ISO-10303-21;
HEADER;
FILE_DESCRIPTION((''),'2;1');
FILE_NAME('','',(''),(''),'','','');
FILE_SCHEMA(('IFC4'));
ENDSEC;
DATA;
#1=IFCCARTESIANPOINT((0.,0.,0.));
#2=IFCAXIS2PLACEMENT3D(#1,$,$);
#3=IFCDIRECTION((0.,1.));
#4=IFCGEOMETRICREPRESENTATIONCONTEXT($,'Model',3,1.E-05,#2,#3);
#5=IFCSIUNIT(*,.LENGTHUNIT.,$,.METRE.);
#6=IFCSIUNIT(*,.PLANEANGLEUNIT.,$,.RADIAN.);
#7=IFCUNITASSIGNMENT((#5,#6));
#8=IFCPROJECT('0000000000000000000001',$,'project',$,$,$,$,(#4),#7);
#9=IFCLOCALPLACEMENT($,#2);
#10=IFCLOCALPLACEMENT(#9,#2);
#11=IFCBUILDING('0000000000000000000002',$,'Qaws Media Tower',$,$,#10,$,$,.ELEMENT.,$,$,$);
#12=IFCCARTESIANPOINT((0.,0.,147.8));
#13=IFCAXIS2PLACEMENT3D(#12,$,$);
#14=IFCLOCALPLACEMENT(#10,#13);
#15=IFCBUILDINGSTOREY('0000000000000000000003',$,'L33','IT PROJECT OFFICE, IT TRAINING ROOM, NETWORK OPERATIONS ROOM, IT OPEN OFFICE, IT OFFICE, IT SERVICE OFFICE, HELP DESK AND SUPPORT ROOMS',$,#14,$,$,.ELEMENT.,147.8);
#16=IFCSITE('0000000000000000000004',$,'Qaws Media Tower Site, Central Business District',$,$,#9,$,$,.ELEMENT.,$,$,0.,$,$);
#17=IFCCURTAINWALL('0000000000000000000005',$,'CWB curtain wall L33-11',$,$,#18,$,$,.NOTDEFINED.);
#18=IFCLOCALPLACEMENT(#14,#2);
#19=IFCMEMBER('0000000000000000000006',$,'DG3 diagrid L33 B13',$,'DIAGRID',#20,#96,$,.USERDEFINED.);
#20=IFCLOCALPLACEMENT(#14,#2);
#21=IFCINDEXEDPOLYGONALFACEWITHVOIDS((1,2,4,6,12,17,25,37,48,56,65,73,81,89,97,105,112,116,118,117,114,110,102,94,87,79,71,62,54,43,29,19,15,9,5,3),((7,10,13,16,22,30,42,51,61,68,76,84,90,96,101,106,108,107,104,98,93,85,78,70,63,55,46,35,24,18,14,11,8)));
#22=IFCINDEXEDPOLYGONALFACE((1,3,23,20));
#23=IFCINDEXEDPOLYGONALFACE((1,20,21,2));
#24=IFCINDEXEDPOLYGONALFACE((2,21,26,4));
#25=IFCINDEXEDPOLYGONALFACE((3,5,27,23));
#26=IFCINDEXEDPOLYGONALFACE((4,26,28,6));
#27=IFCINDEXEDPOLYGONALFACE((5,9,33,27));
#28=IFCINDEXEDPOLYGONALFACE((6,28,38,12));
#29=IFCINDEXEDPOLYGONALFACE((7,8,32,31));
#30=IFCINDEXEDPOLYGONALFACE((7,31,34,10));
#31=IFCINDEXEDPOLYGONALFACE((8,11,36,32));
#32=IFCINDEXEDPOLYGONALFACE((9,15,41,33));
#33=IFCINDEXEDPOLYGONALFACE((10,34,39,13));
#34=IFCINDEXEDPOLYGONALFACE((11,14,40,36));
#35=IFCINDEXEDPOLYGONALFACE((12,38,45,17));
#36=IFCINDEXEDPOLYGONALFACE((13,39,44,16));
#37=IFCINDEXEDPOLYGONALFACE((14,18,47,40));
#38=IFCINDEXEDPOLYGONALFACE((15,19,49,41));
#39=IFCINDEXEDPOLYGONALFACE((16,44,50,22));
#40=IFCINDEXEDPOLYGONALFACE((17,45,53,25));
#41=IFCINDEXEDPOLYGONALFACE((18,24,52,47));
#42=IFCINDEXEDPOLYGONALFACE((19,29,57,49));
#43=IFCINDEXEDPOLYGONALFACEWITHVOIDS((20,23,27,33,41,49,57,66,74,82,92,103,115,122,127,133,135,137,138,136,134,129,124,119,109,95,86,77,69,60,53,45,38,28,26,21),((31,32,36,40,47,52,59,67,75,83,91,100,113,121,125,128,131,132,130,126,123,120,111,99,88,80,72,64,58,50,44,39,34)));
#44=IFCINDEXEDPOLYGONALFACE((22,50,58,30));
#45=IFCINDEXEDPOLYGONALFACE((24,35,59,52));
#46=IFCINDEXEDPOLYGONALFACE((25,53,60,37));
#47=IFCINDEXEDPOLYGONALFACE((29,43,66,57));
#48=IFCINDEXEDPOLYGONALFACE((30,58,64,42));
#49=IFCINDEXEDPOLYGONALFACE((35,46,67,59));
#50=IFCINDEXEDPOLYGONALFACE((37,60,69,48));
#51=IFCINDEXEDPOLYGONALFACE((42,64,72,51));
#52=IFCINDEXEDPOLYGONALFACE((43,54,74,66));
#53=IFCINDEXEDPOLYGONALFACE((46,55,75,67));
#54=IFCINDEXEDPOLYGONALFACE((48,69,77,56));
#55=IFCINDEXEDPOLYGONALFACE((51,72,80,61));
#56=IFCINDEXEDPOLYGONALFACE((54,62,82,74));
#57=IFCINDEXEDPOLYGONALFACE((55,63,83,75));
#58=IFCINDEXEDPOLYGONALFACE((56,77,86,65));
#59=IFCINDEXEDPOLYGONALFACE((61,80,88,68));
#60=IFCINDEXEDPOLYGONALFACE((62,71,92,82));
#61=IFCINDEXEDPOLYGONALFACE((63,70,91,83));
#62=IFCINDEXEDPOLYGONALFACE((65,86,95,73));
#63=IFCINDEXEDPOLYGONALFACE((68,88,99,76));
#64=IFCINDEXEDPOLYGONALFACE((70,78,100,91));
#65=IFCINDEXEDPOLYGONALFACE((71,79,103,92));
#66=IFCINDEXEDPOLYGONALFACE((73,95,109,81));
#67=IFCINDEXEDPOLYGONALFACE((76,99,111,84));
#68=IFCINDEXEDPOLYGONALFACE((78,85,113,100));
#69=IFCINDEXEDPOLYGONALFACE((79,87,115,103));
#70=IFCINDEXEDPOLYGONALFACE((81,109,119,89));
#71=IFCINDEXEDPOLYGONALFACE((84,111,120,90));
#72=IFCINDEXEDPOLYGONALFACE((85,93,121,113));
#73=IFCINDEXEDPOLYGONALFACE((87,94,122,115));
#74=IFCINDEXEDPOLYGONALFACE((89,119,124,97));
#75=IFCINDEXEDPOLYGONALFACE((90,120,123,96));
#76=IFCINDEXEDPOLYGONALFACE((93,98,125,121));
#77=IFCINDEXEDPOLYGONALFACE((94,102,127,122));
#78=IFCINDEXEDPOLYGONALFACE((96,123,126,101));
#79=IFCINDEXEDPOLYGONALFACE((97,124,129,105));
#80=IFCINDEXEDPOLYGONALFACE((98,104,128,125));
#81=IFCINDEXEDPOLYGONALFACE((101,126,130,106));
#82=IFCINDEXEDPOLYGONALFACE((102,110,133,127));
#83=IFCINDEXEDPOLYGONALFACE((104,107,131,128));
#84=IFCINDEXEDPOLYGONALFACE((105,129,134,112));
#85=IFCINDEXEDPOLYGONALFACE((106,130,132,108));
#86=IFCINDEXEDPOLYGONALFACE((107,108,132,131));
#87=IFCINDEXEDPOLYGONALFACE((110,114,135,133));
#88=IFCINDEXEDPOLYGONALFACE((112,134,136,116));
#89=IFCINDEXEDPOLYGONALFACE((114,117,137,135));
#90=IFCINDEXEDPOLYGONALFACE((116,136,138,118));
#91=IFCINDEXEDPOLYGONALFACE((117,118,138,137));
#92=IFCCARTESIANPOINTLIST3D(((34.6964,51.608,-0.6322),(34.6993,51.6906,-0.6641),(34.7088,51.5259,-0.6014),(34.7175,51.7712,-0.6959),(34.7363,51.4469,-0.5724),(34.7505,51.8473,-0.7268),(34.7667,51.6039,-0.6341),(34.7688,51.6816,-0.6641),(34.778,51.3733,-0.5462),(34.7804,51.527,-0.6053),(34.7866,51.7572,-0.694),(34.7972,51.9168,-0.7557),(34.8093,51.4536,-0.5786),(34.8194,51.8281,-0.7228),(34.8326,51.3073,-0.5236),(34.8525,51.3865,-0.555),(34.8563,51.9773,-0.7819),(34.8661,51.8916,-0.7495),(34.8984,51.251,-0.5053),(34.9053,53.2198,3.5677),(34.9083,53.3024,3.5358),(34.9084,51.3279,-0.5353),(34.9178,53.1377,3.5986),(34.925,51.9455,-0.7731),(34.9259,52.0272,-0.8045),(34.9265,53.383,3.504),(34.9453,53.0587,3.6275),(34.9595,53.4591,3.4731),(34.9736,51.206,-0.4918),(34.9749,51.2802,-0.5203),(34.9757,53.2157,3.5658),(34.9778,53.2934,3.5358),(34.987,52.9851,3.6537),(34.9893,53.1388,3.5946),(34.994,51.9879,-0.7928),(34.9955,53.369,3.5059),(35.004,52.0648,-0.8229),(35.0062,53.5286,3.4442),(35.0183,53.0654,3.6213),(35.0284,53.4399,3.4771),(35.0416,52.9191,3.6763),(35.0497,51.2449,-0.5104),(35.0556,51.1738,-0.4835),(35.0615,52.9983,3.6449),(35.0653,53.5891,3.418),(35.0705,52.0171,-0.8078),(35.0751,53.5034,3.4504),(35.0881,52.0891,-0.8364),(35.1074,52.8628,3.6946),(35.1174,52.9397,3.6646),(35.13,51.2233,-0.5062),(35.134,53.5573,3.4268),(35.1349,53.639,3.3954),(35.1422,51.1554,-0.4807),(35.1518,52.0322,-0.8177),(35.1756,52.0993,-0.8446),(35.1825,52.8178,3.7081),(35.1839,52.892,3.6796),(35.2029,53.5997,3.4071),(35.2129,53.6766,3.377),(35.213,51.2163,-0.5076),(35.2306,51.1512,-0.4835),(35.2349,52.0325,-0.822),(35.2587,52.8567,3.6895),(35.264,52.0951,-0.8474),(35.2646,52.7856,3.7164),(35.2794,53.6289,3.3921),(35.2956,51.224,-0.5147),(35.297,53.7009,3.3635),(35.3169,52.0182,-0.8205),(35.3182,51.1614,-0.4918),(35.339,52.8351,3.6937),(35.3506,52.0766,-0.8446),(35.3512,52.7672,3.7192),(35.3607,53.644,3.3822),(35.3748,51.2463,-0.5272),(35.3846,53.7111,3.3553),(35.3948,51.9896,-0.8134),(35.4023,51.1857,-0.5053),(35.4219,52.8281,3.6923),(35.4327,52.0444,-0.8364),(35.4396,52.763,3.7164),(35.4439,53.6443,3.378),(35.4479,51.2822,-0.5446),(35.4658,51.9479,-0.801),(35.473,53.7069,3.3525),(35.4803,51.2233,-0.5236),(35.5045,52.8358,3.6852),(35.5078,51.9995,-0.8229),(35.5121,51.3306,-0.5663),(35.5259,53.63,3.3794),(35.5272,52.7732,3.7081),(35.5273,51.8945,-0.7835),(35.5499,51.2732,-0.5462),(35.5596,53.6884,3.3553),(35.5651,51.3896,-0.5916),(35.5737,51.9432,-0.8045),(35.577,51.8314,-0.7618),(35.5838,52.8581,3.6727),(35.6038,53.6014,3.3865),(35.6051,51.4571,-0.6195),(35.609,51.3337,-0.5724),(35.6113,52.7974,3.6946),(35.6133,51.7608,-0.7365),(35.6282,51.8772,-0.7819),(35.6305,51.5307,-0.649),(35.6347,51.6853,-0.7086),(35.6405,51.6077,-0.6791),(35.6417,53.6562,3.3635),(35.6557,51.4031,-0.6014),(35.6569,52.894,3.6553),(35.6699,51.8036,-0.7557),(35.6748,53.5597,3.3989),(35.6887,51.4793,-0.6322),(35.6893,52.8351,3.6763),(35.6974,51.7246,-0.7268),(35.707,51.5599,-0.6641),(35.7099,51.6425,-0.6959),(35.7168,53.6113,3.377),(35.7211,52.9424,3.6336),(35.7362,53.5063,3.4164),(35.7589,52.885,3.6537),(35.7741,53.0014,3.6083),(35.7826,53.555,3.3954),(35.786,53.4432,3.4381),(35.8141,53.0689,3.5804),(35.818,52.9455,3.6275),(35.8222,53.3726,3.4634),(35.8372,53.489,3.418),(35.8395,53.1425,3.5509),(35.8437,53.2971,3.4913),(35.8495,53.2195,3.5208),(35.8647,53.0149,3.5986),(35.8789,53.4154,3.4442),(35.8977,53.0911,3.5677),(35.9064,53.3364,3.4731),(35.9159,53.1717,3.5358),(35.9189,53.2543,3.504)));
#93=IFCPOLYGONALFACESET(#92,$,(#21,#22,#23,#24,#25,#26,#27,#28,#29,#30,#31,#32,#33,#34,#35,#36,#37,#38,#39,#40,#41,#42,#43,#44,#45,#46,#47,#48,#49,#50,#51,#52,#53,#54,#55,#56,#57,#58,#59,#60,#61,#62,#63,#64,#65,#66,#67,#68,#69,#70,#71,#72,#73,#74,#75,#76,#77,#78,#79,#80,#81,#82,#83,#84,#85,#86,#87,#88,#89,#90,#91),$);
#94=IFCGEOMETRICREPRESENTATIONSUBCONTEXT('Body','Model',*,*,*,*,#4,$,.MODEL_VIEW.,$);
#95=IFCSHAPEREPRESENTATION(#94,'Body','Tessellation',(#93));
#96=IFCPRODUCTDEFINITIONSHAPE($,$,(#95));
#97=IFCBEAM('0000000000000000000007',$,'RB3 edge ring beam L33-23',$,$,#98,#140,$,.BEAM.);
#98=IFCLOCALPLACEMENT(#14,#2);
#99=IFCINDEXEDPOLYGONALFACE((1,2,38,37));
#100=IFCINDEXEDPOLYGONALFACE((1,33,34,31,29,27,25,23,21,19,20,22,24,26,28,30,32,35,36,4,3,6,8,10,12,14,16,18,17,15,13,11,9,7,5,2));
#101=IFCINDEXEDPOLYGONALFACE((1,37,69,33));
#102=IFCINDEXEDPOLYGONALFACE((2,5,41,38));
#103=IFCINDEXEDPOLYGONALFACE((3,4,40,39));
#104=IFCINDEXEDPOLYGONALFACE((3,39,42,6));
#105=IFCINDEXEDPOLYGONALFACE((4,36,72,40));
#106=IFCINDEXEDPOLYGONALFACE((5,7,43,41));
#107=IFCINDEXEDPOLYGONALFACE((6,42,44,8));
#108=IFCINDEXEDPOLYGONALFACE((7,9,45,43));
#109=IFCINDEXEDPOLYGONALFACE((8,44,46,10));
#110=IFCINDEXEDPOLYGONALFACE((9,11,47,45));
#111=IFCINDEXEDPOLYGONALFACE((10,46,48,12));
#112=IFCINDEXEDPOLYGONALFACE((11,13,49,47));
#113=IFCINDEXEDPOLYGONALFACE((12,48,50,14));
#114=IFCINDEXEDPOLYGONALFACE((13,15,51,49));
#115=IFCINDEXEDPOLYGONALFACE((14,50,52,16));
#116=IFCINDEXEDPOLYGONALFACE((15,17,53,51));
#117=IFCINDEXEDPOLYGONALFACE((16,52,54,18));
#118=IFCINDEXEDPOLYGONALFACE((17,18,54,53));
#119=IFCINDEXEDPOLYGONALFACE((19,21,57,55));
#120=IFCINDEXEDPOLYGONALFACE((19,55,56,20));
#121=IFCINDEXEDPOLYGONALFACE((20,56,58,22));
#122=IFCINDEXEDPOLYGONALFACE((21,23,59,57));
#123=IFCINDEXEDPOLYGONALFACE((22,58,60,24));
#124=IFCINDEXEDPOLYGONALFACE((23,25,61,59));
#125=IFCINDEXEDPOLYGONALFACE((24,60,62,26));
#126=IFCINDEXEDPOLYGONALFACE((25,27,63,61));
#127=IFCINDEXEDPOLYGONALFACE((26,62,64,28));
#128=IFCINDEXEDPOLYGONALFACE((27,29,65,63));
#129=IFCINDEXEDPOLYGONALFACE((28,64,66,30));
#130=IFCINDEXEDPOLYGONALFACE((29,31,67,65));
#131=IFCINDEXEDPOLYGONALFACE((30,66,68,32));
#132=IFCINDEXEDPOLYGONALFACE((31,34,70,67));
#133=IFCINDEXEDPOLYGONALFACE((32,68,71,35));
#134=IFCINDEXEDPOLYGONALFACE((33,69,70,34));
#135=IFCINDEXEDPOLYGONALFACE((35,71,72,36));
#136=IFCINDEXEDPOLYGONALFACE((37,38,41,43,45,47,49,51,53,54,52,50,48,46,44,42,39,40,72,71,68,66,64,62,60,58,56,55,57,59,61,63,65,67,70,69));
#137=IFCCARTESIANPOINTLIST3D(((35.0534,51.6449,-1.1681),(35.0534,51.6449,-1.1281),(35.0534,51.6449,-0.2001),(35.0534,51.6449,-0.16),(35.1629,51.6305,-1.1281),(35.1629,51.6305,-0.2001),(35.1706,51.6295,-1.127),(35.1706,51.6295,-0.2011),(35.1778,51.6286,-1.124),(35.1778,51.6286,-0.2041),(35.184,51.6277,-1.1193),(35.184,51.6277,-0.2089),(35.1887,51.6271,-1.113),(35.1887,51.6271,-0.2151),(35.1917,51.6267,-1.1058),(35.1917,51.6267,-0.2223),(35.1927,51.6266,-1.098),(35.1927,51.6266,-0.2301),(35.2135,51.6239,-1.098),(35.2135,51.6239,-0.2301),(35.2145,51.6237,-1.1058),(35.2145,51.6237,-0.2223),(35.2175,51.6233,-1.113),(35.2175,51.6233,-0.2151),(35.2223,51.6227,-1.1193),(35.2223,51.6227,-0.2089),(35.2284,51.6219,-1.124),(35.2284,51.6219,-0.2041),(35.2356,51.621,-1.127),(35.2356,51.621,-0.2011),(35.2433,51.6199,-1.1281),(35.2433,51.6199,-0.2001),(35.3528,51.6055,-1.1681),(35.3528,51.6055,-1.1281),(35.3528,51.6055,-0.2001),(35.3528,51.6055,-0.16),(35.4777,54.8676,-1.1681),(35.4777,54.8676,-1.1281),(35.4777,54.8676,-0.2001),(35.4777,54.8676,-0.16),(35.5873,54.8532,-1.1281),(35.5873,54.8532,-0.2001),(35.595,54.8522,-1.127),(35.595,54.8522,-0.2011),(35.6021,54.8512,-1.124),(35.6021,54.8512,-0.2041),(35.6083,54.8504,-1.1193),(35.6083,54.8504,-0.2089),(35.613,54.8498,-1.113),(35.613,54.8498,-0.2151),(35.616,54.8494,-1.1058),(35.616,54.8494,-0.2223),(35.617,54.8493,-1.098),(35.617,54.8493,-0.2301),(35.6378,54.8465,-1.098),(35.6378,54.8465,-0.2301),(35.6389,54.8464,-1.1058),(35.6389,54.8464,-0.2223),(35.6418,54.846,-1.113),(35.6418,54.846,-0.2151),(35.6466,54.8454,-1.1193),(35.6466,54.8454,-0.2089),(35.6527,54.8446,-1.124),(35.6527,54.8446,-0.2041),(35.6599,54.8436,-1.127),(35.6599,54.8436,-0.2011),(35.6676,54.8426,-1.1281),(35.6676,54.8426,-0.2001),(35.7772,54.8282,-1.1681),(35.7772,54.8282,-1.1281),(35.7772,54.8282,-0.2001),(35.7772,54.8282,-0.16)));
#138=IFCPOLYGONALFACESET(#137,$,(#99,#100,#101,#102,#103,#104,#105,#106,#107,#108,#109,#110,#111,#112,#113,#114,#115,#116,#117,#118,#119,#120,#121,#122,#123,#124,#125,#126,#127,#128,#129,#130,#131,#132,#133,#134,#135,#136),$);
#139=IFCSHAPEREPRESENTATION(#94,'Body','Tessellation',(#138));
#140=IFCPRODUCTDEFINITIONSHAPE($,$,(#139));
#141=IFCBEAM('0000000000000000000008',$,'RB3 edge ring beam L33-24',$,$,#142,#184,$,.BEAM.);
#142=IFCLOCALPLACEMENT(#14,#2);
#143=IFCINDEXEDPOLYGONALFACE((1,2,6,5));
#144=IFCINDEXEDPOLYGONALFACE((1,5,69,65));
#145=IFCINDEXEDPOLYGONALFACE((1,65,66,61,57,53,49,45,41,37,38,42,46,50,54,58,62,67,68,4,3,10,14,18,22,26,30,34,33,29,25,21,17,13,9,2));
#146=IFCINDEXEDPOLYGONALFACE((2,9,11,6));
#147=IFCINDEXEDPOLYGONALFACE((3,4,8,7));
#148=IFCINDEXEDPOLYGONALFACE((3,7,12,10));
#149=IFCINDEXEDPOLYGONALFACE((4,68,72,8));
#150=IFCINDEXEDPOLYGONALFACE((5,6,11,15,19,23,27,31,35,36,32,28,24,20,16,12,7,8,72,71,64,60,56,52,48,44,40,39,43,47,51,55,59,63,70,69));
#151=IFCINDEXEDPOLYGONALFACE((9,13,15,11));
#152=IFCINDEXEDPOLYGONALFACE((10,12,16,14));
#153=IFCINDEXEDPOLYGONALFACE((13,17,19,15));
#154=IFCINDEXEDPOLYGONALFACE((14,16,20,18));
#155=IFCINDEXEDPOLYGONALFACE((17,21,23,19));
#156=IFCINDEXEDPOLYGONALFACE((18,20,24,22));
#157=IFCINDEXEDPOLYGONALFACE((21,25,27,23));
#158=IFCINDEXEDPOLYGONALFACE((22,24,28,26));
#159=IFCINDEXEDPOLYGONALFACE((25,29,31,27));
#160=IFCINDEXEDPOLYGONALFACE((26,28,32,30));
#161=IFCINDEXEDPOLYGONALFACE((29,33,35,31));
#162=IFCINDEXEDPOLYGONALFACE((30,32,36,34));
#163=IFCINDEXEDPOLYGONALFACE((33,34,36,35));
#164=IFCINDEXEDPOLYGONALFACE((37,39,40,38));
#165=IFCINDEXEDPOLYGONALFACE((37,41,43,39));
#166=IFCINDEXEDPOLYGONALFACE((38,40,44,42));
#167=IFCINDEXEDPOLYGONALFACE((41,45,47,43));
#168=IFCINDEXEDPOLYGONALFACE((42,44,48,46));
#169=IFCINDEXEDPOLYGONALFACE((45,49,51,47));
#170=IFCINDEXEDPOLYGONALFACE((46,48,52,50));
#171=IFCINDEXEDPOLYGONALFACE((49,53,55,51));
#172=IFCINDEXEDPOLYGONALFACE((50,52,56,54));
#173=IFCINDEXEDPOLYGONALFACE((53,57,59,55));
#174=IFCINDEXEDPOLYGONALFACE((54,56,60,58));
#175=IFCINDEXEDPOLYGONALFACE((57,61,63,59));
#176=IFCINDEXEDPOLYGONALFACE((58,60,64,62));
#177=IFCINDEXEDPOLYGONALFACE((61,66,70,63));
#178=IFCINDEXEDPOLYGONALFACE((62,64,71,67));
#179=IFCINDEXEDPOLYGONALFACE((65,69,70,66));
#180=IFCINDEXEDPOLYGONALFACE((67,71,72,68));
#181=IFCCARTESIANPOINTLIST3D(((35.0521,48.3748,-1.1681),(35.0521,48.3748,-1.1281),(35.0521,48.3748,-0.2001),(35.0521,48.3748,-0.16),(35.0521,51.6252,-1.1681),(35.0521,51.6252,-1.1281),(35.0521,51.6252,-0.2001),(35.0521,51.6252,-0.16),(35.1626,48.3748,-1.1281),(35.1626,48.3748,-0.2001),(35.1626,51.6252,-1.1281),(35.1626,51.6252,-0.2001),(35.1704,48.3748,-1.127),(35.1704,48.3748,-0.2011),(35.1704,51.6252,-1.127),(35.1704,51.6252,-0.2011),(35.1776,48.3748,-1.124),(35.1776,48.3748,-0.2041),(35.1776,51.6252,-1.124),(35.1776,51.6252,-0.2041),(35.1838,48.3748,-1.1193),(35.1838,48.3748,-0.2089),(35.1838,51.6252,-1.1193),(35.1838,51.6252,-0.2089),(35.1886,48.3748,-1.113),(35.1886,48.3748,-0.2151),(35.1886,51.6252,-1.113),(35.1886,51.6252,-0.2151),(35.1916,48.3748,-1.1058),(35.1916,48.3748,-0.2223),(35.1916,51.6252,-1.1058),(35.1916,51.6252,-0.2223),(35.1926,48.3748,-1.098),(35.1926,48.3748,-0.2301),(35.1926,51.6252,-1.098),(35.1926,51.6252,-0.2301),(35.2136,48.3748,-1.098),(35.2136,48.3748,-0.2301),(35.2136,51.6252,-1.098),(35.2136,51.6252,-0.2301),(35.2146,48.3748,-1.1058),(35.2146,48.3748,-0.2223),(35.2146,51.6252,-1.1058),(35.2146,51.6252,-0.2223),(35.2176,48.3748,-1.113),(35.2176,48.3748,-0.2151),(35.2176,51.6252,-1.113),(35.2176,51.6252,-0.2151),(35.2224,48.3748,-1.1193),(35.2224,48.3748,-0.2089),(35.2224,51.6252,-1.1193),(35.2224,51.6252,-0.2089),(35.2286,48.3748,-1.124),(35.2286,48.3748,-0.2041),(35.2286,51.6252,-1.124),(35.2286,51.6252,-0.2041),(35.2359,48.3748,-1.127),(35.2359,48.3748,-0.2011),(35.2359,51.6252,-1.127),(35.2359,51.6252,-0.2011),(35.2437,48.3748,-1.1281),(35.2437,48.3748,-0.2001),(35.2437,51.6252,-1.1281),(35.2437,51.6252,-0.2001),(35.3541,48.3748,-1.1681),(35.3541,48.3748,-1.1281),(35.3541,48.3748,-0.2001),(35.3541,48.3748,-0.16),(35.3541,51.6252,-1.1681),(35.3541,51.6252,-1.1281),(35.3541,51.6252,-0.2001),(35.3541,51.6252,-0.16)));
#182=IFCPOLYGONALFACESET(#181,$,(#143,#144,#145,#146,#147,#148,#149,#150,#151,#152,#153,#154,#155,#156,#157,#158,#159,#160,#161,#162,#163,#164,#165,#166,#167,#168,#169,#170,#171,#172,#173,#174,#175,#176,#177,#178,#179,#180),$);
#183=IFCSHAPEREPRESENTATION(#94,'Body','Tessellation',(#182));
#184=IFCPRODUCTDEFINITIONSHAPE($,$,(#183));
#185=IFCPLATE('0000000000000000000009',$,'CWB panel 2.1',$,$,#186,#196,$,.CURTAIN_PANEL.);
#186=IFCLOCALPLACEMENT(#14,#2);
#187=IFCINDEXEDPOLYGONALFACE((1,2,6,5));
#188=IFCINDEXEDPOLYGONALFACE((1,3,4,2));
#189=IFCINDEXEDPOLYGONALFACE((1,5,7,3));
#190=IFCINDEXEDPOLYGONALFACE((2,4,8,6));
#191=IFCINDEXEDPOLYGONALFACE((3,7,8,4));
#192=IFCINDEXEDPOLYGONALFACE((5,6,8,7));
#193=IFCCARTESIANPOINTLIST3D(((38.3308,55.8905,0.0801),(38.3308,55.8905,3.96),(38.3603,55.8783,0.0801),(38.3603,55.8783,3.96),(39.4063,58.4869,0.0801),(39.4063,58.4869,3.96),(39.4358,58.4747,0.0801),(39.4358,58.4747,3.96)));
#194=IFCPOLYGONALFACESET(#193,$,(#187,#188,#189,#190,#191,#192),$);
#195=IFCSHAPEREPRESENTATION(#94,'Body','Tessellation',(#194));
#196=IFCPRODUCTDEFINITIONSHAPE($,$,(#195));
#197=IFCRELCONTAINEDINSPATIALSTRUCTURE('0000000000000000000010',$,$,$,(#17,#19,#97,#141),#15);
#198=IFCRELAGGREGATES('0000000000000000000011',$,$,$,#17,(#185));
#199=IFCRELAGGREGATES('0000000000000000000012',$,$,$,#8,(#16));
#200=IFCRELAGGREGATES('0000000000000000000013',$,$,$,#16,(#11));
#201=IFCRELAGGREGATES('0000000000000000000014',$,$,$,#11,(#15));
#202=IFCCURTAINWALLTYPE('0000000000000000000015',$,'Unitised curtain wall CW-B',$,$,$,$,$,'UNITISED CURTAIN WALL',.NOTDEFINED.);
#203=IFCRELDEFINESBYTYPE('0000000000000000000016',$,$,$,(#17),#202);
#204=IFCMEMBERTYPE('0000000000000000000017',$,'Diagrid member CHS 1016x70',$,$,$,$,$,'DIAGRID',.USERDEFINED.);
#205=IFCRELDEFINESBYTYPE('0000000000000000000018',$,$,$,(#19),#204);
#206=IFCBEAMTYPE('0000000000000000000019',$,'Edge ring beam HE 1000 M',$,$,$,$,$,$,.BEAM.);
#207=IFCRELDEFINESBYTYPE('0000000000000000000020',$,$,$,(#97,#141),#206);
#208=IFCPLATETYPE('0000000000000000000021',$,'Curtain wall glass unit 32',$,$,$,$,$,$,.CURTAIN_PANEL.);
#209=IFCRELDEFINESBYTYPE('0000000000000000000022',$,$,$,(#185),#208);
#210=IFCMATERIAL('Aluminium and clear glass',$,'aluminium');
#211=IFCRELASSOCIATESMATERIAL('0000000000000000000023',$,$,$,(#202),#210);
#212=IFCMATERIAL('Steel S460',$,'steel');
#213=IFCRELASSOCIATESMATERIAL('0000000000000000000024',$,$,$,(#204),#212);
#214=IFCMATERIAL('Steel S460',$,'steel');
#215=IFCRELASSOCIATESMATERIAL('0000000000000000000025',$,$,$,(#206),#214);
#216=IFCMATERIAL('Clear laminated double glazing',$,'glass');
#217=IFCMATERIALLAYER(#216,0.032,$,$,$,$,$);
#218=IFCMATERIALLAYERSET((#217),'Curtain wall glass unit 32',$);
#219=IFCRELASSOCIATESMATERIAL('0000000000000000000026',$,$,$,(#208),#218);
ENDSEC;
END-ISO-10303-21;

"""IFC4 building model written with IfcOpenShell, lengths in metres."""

from ifc_helpers import new_model, si_unit, direction, frame, origin, origin_2d, place, context, subcontext, project, spatial, rectangle, hollow_circle, i_section, extrude, material, layer, layer_set, material_profile, profile_set, type_object, element, aggregate, save


model = new_model("IFC4")

# Units and contexts
model_context = context("Model", 3, precision=1e-05, world=origin(), true_north=direction((0.0, 1.0)))
body_context = subcontext(model_context, "Body", "Model", "MODEL_VIEW")
ifc_project = project(units=[si_unit("LENGTHUNIT", "METRE"), si_unit("PLANEANGLEUNIT", "RADIAN")], contexts=[model_context])

# Site, building, storey
site_placement = place(None, origin())
site = spatial("IfcSite", under=ifc_project, at=site_placement, Name="Qaws Media Tower Site, Central Business District", CompositionType="ELEMENT", RefElevation=0.0)
building_placement = place(site_placement, origin())
building = spatial("IfcBuilding", under=site, at=building_placement, Name="Qaws Media Tower", CompositionType="ELEMENT")
storey_placement = place(building_placement, frame((0.0, 0.0, 147.8)))
storey = spatial("IfcBuildingStorey", under=building, at=storey_placement, Name="L33", Description="IT PROJECT OFFICE, IT TRAINING ROOM, NETWORK OPERATIONS ROOM, IT OPEN OFFICE, IT OFFICE, IT SERVICE OFFICE, HELP DESK AND SUPPORT ROOMS", CompositionType="ELEMENT", Elevation=147.8)

# Curtain wall
ifc_material_1 = material(Name="Aluminium and clear glass", Category="aluminium")
curtain_wall_type = type_object("IfcCurtainWallType", Name="Unitised curtain wall CW-B", ElementType="UNITISED CURTAIN WALL", PredefinedType="NOTDEFINED", material=ifc_material_1)
curtain_wall_1_placement = place(storey_placement, origin())
curtain_wall_1 = element("IfcCurtainWall", 1, at=curtain_wall_1_placement, inside=storey, type_object=curtain_wall_type, Name="CWB curtain wall L33-11", PredefinedType="NOTDEFINED")

# Member
ifc_material_2 = material(Name="Steel S460", Category="steel")
ifc_material_profile_1 = material_profile(ifc_material_2, hollow_circle(Radius=0.5081, WallThickness=0.0701, at=origin_2d()), Name="CHS 1016x70")
ifc_profile_set_1 = profile_set([ifc_material_profile_1], Name="Steel S460")
member_type_1 = type_object("IfcMemberType", Name="Diagrid member CHS 1016x70", ElementType="DIAGRID", PredefinedType="USERDEFINED", material=ifc_profile_set_1)
for number, where, z_axis, x_axis, name in (
    (2, (35.2031, 51.6252, -0.6641), (0.046405, 0.357906, 0.932604), (-0.991699, 0.128581, 0.0), "DG3 diagrid L33 B13"),
):
    element("IfcMember", number, at=place(storey_placement, frame(where, z_axis=z_axis, x_axis=x_axis)), inside=storey, type_object=member_type_1, Name=name, ObjectType="DIAGRID", PredefinedType="USERDEFINED", context=body_context, shape_type="SweptSolid", body=[
        extrude(hollow_circle(Radius=0.5081, WallThickness=0.0701, at=origin_2d()), origin(), (0.0, 0.0, 1.0), 4.5034),
    ])

# Beams
ifc_material_3 = material(Name="Steel S460", Category="steel")
ifc_material_profile_2 = material_profile(ifc_material_3, i_section(OverallWidth=0.302, OverallDepth=1.0081, WebThickness=0.021, FlangeThickness=0.04, FilletRadius=0.03, at=origin_2d()), Name="HE 1000 M")
ifc_profile_set_2 = profile_set([ifc_material_profile_2], Name="Steel S460")
beam_type = type_object("IfcBeamType", Name="Edge ring beam HE 1000 M", PredefinedType="BEAM", material=ifc_profile_set_2)
for number, where, z_axis, x_axis, name in (
    (3, (35.6274, 54.8479, -0.6641), (-0.13054, -0.991443, 0.0), (0.991443, -0.13054, 0.0), "RB3 edge ring beam L33-23"),
    (4, (35.2031, 51.6252, -0.6641), (0.0, -1.0, 0.0), (1.0, 0.0, 0.0), "RB3 edge ring beam L33-24"),
):
    element("IfcBeam", number, at=place(storey_placement, frame(where, z_axis=z_axis, x_axis=x_axis)), inside=storey, type_object=beam_type, Name=name, PredefinedType="BEAM", context=body_context, shape_type="SweptSolid", body=[
        extrude(i_section(OverallWidth=0.302, OverallDepth=1.0081, WebThickness=0.021, FlangeThickness=0.04, FilletRadius=0.03, at=origin_2d()), origin(), (0.0, 0.0, 1.0), 3.2505),
    ])

# Plate
ifc_material_4 = material(Name="Clear laminated double glazing", Category="glass")
ifc_layer_1 = layer(ifc_material_4, 0.032)
ifc_layer_set_1 = layer_set([ifc_layer_1], Name="Curtain wall glass unit 32")
plate_type = type_object("IfcPlateType", Name="Curtain wall glass unit 32", PredefinedType="CURTAIN_PANEL", material=ifc_layer_set_1)
plate_1_placement = place(storey_placement, frame((38.8833, 57.1826, 0.0801), z_axis=(0.0, 0.0, 1.0), x_axis=(-0.382684, -0.923879, 0.0)))
plate_1 = element("IfcPlate", 5, at=plate_1_placement, type_object=plate_type, Name="CWB panel 2.1", PredefinedType="CURTAIN_PANEL", context=body_context, shape_type="SweptSolid", body=[
    extrude(rectangle(XDim=2.8103, YDim=0.032, at=origin_2d()), origin(), (0.0, 0.0, 1.0), 3.8799),
])
aggregate(curtain_wall_1, [plate_1])

save(model, "model.ifc")
